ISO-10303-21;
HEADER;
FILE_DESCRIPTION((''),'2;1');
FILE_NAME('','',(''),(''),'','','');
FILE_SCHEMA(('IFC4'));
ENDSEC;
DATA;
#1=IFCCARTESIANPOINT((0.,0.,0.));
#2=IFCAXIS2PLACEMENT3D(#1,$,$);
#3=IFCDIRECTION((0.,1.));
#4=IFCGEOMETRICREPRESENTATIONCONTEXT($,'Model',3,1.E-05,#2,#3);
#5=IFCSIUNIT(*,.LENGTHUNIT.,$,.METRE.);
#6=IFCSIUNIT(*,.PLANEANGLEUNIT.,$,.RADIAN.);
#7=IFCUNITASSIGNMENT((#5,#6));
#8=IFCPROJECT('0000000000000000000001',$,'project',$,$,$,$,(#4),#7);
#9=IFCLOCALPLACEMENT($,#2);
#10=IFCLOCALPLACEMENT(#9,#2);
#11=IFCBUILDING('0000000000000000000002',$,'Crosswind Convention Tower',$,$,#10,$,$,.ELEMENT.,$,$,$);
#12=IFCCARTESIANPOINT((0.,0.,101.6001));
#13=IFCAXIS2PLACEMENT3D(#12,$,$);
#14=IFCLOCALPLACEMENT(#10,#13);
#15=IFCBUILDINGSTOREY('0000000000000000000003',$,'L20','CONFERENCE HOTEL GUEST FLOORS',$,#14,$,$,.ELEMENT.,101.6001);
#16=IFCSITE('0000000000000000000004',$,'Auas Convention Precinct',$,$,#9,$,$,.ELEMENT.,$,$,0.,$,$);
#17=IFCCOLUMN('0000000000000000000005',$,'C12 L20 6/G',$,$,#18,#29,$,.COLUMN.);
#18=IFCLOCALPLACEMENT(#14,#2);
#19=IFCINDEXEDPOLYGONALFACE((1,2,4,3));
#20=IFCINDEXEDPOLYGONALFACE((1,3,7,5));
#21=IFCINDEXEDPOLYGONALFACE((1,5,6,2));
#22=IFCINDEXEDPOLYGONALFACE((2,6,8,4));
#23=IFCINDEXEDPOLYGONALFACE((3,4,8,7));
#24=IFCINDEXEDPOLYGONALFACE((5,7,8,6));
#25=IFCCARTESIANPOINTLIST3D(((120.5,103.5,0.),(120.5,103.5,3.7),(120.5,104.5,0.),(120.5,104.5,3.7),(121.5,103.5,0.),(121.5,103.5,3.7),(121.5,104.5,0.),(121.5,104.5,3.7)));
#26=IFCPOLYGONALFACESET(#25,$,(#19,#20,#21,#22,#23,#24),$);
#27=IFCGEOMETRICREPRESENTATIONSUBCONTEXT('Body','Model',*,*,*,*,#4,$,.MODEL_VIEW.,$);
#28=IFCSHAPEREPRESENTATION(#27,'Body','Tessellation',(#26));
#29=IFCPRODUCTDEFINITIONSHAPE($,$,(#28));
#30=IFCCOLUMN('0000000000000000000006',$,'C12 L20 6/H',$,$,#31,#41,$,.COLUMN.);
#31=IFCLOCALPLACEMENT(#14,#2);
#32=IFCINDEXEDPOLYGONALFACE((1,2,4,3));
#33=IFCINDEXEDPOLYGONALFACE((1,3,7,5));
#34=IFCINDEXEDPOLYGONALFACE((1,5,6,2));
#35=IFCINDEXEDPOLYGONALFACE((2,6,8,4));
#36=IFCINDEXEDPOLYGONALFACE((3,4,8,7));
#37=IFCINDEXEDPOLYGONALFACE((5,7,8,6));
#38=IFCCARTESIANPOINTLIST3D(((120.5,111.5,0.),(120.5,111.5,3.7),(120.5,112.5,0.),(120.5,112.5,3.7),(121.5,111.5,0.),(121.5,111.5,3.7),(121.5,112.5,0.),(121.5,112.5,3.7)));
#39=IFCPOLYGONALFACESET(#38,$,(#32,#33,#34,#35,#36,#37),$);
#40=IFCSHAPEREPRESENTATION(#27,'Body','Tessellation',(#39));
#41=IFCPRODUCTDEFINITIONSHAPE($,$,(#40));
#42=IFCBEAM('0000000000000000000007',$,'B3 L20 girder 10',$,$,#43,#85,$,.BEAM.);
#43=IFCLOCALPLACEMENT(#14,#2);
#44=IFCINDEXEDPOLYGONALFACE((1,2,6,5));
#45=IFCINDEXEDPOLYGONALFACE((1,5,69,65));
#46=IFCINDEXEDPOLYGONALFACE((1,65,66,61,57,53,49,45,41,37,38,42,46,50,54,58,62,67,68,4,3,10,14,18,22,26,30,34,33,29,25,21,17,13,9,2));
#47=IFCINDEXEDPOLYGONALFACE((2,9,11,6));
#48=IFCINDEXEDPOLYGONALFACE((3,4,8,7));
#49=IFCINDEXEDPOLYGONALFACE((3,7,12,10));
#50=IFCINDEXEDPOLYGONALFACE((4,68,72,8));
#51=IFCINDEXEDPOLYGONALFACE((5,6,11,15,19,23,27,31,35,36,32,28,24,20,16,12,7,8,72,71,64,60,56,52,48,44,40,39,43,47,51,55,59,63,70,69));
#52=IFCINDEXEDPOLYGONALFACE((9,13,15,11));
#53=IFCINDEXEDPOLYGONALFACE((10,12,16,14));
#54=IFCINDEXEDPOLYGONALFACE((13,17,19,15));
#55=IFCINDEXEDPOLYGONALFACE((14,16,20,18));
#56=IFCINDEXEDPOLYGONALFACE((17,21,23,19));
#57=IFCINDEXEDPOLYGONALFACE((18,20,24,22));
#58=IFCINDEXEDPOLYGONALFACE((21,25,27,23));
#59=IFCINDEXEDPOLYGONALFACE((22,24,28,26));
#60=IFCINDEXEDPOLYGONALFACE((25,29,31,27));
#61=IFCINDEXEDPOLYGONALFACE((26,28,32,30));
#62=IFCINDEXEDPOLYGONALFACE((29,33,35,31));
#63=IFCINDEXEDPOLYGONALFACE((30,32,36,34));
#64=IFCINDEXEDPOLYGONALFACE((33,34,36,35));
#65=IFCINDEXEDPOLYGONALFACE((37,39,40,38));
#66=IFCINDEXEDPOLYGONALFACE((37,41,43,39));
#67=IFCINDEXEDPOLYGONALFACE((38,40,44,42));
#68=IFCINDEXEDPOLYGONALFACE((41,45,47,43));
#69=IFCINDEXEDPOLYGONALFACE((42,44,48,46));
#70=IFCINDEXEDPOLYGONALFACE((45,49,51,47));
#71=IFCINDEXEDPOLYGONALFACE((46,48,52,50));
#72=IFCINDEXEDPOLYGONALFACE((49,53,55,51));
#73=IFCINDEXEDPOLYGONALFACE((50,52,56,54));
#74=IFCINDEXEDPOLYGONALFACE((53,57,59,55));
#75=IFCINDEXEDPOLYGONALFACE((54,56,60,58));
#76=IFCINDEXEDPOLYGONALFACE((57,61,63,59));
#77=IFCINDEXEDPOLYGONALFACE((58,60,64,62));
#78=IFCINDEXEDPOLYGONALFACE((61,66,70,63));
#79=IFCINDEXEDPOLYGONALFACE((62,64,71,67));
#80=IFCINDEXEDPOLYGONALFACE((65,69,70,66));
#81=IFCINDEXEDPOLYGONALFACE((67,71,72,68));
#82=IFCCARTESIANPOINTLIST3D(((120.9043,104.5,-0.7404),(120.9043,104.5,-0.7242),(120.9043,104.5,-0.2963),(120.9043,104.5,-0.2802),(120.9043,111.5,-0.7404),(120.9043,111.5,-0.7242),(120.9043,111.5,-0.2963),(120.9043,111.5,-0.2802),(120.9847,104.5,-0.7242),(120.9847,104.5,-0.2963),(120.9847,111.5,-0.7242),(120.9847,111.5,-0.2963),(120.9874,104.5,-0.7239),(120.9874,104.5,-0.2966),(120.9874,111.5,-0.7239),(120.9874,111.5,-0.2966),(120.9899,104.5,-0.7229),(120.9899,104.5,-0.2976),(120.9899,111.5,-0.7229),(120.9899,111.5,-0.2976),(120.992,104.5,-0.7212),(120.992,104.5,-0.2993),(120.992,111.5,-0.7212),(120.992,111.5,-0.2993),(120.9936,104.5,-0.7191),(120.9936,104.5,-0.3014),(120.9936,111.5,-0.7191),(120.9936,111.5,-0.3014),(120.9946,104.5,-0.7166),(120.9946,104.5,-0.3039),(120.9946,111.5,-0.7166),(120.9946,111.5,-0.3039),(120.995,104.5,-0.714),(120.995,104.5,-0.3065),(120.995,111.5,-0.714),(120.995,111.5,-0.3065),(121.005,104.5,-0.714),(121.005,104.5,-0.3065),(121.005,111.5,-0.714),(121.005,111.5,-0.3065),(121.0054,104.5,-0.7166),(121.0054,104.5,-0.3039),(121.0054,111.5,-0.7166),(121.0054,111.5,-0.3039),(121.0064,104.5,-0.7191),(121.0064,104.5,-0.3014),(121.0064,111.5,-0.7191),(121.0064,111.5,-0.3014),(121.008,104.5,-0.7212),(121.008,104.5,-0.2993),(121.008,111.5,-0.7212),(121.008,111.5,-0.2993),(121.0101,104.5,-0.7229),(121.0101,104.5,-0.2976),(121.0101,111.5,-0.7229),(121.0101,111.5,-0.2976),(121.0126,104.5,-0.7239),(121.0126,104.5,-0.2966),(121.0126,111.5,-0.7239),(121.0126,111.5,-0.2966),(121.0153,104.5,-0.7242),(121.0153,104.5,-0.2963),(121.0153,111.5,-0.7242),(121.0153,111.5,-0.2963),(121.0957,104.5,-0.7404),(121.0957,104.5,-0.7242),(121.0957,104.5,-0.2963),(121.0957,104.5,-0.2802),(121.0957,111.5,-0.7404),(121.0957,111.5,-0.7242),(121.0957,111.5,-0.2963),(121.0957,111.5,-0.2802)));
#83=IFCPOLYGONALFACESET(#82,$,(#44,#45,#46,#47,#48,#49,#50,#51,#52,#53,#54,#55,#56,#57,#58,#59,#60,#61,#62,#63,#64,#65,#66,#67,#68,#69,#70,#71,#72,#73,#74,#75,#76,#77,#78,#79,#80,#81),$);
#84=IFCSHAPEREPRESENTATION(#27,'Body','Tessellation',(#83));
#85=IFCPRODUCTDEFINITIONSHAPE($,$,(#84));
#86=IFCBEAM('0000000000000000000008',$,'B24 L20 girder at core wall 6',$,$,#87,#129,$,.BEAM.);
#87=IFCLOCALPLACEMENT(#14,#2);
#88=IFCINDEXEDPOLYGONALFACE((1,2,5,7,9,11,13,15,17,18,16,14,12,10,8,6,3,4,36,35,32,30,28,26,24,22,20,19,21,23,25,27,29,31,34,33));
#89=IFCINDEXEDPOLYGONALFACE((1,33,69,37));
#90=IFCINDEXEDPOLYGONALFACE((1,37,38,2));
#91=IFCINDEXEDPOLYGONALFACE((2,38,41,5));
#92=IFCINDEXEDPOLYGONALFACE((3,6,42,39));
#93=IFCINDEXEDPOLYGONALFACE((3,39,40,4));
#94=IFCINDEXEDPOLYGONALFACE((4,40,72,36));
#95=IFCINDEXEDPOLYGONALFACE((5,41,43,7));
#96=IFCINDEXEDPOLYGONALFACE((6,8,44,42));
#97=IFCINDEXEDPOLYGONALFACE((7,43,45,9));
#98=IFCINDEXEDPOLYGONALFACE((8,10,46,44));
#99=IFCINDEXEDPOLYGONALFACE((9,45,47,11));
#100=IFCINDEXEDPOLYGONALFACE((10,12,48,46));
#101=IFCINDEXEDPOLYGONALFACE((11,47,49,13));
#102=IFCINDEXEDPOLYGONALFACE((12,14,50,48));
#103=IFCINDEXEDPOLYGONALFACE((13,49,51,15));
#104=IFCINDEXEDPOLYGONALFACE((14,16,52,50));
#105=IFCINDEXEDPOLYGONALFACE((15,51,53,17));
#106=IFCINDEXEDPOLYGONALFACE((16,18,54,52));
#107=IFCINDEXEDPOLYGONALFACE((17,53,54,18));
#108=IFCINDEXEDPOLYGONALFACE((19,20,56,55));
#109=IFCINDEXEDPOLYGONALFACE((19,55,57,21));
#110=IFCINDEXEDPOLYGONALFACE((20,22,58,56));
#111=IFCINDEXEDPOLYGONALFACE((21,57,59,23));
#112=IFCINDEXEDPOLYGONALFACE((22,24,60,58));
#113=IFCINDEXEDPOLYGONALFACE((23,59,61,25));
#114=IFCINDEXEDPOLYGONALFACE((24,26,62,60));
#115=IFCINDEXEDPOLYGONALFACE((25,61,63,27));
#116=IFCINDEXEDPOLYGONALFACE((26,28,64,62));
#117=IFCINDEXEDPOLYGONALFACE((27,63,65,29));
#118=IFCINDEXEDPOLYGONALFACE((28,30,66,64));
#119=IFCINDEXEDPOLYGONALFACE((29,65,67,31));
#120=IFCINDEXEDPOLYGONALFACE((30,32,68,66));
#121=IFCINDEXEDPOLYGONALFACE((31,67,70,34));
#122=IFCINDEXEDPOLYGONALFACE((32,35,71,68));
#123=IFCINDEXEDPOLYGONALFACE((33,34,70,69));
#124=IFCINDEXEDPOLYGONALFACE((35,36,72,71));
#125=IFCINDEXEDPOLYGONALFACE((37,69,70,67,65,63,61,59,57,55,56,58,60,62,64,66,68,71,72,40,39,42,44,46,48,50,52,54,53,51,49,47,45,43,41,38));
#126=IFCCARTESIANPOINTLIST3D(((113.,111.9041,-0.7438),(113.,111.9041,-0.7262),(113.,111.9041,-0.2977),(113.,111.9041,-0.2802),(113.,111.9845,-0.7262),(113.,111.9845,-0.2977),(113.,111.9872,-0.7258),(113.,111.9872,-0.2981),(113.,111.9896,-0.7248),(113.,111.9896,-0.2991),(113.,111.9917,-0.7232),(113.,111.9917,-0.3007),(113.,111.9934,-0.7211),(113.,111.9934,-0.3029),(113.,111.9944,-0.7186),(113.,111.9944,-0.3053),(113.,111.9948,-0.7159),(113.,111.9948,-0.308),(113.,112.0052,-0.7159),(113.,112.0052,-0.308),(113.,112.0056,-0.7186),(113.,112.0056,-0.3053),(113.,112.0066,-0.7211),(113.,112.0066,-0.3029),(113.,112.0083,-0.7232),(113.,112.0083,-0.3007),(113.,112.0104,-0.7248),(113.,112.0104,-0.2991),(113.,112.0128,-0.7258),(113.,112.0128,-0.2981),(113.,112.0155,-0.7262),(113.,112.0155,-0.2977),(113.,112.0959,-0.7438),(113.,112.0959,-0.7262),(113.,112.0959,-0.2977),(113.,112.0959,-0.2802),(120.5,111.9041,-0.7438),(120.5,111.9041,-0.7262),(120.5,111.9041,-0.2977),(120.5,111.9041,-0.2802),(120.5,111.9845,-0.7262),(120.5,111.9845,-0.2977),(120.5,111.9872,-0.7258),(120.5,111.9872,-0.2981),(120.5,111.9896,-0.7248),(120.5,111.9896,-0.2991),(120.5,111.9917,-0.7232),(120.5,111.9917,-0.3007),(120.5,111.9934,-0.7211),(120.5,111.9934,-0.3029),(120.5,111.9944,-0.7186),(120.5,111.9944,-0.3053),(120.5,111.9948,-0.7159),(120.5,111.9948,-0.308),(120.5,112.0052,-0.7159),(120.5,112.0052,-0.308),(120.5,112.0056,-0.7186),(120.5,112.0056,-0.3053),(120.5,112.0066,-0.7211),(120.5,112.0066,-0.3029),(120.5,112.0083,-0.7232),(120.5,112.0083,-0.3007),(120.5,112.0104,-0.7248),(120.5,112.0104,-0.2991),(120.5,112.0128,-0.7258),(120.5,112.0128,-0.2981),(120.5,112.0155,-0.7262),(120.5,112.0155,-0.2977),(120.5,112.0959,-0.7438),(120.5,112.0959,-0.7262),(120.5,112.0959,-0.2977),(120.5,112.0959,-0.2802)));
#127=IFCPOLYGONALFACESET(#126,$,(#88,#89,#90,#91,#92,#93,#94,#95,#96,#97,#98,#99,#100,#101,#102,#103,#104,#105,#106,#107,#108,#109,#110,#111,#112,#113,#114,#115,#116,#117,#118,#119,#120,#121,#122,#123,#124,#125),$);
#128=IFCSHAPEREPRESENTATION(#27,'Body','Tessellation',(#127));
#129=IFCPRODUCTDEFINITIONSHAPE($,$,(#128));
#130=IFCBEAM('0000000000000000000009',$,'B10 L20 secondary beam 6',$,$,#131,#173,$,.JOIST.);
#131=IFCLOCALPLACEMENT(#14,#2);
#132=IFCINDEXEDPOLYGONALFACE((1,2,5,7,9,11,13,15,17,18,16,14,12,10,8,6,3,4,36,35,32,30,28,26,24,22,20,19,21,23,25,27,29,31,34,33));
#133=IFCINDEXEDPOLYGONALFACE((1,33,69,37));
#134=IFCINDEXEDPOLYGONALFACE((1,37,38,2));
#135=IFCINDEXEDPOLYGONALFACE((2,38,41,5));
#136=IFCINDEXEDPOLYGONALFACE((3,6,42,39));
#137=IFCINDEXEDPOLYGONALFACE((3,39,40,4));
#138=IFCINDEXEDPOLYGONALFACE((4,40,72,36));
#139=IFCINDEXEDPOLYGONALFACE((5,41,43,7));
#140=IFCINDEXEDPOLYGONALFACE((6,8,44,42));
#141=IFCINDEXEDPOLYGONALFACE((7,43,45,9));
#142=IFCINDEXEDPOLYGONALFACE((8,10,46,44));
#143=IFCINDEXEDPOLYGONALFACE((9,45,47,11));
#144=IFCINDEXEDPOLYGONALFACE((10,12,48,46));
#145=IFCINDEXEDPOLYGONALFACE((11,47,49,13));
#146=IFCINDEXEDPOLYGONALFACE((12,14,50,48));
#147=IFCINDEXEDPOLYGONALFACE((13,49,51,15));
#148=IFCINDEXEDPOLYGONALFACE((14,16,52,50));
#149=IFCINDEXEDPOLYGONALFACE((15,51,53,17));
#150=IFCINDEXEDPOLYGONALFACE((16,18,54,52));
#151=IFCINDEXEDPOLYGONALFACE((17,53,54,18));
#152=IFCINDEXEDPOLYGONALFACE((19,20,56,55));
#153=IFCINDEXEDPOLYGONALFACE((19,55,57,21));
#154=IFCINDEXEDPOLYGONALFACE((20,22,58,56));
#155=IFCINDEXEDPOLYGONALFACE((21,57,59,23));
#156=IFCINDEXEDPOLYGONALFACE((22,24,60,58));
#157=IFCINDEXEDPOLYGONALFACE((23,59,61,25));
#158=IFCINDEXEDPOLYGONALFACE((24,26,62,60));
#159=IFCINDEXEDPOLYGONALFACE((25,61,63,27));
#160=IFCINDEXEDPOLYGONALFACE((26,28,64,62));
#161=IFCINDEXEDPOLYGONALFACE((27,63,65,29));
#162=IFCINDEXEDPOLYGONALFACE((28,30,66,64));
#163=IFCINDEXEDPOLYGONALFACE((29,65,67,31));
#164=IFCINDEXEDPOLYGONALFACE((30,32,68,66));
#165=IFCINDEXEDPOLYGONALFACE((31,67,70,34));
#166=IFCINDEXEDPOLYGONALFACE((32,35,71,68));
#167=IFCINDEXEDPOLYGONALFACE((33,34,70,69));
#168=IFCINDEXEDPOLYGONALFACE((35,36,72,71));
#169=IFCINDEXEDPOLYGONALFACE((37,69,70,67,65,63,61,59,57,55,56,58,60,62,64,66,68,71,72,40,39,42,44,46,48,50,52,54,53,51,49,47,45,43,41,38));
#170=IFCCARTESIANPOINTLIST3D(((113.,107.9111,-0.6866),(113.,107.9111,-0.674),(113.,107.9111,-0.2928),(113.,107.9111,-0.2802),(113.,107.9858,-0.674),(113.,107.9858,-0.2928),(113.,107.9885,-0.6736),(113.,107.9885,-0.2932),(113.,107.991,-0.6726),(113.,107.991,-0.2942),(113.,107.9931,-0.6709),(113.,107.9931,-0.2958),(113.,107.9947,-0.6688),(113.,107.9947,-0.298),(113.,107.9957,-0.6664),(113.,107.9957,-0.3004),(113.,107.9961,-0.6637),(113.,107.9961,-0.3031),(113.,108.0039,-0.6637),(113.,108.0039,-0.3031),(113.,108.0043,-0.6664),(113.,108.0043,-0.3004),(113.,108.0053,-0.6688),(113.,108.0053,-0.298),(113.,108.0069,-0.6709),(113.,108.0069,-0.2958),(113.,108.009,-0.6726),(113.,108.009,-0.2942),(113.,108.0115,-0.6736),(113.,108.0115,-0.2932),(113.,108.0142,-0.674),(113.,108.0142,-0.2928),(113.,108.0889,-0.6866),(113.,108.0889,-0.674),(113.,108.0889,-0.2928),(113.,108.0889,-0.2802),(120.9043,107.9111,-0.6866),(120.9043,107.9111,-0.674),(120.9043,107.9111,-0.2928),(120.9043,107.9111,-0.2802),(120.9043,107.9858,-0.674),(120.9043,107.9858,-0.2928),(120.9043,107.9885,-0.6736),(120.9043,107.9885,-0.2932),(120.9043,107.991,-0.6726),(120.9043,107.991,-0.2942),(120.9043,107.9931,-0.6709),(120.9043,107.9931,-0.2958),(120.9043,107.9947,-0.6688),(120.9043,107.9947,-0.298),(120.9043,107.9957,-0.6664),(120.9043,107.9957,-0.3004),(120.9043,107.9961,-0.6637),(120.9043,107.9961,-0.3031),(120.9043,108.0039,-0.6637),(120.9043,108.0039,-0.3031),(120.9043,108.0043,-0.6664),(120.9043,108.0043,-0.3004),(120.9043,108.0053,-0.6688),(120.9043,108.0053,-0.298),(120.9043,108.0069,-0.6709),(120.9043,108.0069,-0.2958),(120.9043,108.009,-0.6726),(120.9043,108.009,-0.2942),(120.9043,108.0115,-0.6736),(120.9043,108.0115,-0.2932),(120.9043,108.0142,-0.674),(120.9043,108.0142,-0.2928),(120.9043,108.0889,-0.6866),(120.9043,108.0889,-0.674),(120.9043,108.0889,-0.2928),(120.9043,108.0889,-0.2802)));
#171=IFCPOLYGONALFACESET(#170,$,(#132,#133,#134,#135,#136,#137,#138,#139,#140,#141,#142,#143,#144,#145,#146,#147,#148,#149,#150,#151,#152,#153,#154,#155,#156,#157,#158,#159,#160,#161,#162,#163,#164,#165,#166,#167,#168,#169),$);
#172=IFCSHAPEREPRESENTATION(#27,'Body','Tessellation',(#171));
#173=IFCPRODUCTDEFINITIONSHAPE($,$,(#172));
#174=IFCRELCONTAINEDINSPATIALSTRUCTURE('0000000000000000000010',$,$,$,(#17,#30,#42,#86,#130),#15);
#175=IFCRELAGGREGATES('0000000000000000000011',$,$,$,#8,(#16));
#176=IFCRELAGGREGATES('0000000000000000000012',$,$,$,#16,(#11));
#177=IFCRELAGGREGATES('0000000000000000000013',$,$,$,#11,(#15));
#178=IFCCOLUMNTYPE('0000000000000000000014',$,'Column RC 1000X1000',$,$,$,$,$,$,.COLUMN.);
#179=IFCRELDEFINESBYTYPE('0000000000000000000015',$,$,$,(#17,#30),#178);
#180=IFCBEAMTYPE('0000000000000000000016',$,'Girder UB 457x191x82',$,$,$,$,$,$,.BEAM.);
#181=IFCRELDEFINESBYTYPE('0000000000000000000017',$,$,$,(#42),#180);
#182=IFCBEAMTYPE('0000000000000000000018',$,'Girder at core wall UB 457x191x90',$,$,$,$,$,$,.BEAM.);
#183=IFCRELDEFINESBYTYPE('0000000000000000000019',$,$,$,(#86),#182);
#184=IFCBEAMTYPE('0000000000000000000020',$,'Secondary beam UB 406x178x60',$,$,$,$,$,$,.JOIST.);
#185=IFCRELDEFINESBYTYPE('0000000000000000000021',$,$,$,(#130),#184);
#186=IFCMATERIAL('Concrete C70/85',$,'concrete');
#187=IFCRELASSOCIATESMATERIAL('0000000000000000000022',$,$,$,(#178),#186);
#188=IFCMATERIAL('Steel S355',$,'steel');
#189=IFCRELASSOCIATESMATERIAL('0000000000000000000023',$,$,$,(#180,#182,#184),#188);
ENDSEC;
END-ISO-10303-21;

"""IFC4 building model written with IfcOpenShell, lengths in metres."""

from ifc_helpers import new_model, si_unit, direction, frame, origin, origin_2d, place, context, subcontext, project, spatial, rectangle, i_section, extrude, material, material_profile, profile_set, type_object, element, save


model = new_model("IFC4")

# Units and contexts
model_context = context("Model", 3, precision=1e-05, world=origin(), true_north=direction((0.0, 1.0)))
body_context = subcontext(model_context, "Body", "Model", "MODEL_VIEW")
ifc_project = project(units=[si_unit("LENGTHUNIT", "METRE"), si_unit("PLANEANGLEUNIT", "RADIAN")], contexts=[model_context])

# Site, building, storey
site_placement = place(None, origin())
site = spatial("IfcSite", under=ifc_project, at=site_placement, Name="Auas Convention Precinct", CompositionType="ELEMENT", RefElevation=0.0)
building_placement = place(site_placement, origin())
building = spatial("IfcBuilding", under=site, at=building_placement, Name="Crosswind Convention Tower", CompositionType="ELEMENT")
storey_placement = place(building_placement, frame((0.0, 0.0, 101.6001)))
storey = spatial("IfcBuildingStorey", under=building, at=storey_placement, Name="L20", Description="CONFERENCE HOTEL GUEST FLOORS", CompositionType="ELEMENT", Elevation=101.6001)

# Columns
ifc_material_1 = material(Name="Concrete C70/85", Category="concrete")
ifc_material_profile_1 = material_profile(ifc_material_1, rectangle(XDim=1.0, YDim=1.0, at=origin_2d()), Name="RC 1000X1000")
ifc_profile_set_1 = profile_set([ifc_material_profile_1], Name="Concrete C70/85")
column_type = type_object("IfcColumnType", Name="Column RC 1000X1000", PredefinedType="COLUMN", material=ifc_profile_set_1)
for number, where, z_axis, x_axis, name in (
    (1, (121.0, 104.0, 0.0), (0.0, 0.0, 1.0), (1.0, 0.0, 0.0), "C12 L20 6/G"),
    (2, (121.0, 112.0, 0.0), (0.0, 0.0, 1.0), (1.0, 0.0, 0.0), "C12 L20 6/H"),
):
    element("IfcColumn", number, at=place(storey_placement, frame(where, z_axis=z_axis, x_axis=x_axis)), inside=storey, type_object=column_type, Name=name, PredefinedType="COLUMN", context=body_context, shape_type="SweptSolid", body=[
        extrude(rectangle(XDim=1.0, YDim=1.0, at=origin_2d()), origin(), (0.0, 0.0, 1.0), 3.7),
    ])

# Beams
ifc_material_2 = material(Name="Steel S355", Category="steel")
ifc_material_profile_2 = material_profile(ifc_material_2, i_section(OverallWidth=0.1914, OverallDepth=0.4602, WebThickness=0.01, FlangeThickness=0.0161, FilletRadius=0.0103, at=origin_2d()), Name="UB 457x191x82")
ifc_profile_set_2 = profile_set([ifc_material_profile_2], Name="Steel S355")
beam_type_1 = type_object("IfcBeamType", Name="Girder UB 457x191x82", PredefinedType="BEAM", material=ifc_profile_set_2)
beam_1_placement = place(storey_placement, frame((121.0, 104.5, -0.5103), z_axis=(0.0, 1.0, 0.0), x_axis=(-1.0, 0.0, 0.0)))
element("IfcBeam", 3, at=beam_1_placement, inside=storey, type_object=beam_type_1, Name="B3 L20 girder 10", PredefinedType="BEAM", context=body_context, shape_type="SweptSolid", body=[
    extrude(i_section(OverallWidth=0.1914, OverallDepth=0.4602, WebThickness=0.01, FlangeThickness=0.0161, FilletRadius=0.0103, at=origin_2d()), origin(), (0.0, 0.0, 1.0), 7.0),
])
ifc_material_profile_3 = material_profile(ifc_material_2, i_section(OverallWidth=0.1919, OverallDepth=0.4636, WebThickness=0.0105, FlangeThickness=0.0176, FilletRadius=0.0103, at=origin_2d()), Name="UB 457x191x90")
ifc_profile_set_3 = profile_set([ifc_material_profile_3], Name="Steel S355")
beam_type_2 = type_object("IfcBeamType", Name="Girder at core wall UB 457x191x90", PredefinedType="BEAM", material=ifc_profile_set_3)
beam_2_placement = place(storey_placement, frame((113.0, 112.0, -0.512), z_axis=(1.0, 0.0, 0.0), x_axis=(0.0, 1.0, 0.0)))
element("IfcBeam", 4, at=beam_2_placement, inside=storey, type_object=beam_type_2, Name="B24 L20 girder at core wall 6", PredefinedType="BEAM", context=body_context, shape_type="SweptSolid", body=[
    extrude(i_section(OverallWidth=0.1919, OverallDepth=0.4636, WebThickness=0.0105, FlangeThickness=0.0176, FilletRadius=0.0103, at=origin_2d()), origin(), (0.0, 0.0, 1.0), 7.5),
])
ifc_material_profile_4 = material_profile(ifc_material_2, i_section(OverallWidth=0.1777, OverallDepth=0.4065, WebThickness=0.0078, FlangeThickness=0.0127, FilletRadius=0.0103, at=origin_2d()), Name="UB 406x178x60")
ifc_profile_set_4 = profile_set([ifc_material_profile_4], Name="Steel S355")
beam_type_3 = type_object("IfcBeamType", Name="Secondary beam UB 406x178x60", PredefinedType="JOIST", material=ifc_profile_set_4)
beam_3_placement = place(storey_placement, frame((113.0, 108.0, -0.4834), z_axis=(1.0, 0.0, 0.0), x_axis=(0.0, 1.0, 0.0)))
element("IfcBeam", 5, at=beam_3_placement, inside=storey, type_object=beam_type_3, Name="B10 L20 secondary beam 6", PredefinedType="JOIST", context=body_context, shape_type="SweptSolid", body=[
    extrude(i_section(OverallWidth=0.1777, OverallDepth=0.4065, WebThickness=0.0078, FlangeThickness=0.0127, FilletRadius=0.0103, at=origin_2d()), origin(), (0.0, 0.0, 1.0), 7.9043),
])

save(model, "model.ifc")
